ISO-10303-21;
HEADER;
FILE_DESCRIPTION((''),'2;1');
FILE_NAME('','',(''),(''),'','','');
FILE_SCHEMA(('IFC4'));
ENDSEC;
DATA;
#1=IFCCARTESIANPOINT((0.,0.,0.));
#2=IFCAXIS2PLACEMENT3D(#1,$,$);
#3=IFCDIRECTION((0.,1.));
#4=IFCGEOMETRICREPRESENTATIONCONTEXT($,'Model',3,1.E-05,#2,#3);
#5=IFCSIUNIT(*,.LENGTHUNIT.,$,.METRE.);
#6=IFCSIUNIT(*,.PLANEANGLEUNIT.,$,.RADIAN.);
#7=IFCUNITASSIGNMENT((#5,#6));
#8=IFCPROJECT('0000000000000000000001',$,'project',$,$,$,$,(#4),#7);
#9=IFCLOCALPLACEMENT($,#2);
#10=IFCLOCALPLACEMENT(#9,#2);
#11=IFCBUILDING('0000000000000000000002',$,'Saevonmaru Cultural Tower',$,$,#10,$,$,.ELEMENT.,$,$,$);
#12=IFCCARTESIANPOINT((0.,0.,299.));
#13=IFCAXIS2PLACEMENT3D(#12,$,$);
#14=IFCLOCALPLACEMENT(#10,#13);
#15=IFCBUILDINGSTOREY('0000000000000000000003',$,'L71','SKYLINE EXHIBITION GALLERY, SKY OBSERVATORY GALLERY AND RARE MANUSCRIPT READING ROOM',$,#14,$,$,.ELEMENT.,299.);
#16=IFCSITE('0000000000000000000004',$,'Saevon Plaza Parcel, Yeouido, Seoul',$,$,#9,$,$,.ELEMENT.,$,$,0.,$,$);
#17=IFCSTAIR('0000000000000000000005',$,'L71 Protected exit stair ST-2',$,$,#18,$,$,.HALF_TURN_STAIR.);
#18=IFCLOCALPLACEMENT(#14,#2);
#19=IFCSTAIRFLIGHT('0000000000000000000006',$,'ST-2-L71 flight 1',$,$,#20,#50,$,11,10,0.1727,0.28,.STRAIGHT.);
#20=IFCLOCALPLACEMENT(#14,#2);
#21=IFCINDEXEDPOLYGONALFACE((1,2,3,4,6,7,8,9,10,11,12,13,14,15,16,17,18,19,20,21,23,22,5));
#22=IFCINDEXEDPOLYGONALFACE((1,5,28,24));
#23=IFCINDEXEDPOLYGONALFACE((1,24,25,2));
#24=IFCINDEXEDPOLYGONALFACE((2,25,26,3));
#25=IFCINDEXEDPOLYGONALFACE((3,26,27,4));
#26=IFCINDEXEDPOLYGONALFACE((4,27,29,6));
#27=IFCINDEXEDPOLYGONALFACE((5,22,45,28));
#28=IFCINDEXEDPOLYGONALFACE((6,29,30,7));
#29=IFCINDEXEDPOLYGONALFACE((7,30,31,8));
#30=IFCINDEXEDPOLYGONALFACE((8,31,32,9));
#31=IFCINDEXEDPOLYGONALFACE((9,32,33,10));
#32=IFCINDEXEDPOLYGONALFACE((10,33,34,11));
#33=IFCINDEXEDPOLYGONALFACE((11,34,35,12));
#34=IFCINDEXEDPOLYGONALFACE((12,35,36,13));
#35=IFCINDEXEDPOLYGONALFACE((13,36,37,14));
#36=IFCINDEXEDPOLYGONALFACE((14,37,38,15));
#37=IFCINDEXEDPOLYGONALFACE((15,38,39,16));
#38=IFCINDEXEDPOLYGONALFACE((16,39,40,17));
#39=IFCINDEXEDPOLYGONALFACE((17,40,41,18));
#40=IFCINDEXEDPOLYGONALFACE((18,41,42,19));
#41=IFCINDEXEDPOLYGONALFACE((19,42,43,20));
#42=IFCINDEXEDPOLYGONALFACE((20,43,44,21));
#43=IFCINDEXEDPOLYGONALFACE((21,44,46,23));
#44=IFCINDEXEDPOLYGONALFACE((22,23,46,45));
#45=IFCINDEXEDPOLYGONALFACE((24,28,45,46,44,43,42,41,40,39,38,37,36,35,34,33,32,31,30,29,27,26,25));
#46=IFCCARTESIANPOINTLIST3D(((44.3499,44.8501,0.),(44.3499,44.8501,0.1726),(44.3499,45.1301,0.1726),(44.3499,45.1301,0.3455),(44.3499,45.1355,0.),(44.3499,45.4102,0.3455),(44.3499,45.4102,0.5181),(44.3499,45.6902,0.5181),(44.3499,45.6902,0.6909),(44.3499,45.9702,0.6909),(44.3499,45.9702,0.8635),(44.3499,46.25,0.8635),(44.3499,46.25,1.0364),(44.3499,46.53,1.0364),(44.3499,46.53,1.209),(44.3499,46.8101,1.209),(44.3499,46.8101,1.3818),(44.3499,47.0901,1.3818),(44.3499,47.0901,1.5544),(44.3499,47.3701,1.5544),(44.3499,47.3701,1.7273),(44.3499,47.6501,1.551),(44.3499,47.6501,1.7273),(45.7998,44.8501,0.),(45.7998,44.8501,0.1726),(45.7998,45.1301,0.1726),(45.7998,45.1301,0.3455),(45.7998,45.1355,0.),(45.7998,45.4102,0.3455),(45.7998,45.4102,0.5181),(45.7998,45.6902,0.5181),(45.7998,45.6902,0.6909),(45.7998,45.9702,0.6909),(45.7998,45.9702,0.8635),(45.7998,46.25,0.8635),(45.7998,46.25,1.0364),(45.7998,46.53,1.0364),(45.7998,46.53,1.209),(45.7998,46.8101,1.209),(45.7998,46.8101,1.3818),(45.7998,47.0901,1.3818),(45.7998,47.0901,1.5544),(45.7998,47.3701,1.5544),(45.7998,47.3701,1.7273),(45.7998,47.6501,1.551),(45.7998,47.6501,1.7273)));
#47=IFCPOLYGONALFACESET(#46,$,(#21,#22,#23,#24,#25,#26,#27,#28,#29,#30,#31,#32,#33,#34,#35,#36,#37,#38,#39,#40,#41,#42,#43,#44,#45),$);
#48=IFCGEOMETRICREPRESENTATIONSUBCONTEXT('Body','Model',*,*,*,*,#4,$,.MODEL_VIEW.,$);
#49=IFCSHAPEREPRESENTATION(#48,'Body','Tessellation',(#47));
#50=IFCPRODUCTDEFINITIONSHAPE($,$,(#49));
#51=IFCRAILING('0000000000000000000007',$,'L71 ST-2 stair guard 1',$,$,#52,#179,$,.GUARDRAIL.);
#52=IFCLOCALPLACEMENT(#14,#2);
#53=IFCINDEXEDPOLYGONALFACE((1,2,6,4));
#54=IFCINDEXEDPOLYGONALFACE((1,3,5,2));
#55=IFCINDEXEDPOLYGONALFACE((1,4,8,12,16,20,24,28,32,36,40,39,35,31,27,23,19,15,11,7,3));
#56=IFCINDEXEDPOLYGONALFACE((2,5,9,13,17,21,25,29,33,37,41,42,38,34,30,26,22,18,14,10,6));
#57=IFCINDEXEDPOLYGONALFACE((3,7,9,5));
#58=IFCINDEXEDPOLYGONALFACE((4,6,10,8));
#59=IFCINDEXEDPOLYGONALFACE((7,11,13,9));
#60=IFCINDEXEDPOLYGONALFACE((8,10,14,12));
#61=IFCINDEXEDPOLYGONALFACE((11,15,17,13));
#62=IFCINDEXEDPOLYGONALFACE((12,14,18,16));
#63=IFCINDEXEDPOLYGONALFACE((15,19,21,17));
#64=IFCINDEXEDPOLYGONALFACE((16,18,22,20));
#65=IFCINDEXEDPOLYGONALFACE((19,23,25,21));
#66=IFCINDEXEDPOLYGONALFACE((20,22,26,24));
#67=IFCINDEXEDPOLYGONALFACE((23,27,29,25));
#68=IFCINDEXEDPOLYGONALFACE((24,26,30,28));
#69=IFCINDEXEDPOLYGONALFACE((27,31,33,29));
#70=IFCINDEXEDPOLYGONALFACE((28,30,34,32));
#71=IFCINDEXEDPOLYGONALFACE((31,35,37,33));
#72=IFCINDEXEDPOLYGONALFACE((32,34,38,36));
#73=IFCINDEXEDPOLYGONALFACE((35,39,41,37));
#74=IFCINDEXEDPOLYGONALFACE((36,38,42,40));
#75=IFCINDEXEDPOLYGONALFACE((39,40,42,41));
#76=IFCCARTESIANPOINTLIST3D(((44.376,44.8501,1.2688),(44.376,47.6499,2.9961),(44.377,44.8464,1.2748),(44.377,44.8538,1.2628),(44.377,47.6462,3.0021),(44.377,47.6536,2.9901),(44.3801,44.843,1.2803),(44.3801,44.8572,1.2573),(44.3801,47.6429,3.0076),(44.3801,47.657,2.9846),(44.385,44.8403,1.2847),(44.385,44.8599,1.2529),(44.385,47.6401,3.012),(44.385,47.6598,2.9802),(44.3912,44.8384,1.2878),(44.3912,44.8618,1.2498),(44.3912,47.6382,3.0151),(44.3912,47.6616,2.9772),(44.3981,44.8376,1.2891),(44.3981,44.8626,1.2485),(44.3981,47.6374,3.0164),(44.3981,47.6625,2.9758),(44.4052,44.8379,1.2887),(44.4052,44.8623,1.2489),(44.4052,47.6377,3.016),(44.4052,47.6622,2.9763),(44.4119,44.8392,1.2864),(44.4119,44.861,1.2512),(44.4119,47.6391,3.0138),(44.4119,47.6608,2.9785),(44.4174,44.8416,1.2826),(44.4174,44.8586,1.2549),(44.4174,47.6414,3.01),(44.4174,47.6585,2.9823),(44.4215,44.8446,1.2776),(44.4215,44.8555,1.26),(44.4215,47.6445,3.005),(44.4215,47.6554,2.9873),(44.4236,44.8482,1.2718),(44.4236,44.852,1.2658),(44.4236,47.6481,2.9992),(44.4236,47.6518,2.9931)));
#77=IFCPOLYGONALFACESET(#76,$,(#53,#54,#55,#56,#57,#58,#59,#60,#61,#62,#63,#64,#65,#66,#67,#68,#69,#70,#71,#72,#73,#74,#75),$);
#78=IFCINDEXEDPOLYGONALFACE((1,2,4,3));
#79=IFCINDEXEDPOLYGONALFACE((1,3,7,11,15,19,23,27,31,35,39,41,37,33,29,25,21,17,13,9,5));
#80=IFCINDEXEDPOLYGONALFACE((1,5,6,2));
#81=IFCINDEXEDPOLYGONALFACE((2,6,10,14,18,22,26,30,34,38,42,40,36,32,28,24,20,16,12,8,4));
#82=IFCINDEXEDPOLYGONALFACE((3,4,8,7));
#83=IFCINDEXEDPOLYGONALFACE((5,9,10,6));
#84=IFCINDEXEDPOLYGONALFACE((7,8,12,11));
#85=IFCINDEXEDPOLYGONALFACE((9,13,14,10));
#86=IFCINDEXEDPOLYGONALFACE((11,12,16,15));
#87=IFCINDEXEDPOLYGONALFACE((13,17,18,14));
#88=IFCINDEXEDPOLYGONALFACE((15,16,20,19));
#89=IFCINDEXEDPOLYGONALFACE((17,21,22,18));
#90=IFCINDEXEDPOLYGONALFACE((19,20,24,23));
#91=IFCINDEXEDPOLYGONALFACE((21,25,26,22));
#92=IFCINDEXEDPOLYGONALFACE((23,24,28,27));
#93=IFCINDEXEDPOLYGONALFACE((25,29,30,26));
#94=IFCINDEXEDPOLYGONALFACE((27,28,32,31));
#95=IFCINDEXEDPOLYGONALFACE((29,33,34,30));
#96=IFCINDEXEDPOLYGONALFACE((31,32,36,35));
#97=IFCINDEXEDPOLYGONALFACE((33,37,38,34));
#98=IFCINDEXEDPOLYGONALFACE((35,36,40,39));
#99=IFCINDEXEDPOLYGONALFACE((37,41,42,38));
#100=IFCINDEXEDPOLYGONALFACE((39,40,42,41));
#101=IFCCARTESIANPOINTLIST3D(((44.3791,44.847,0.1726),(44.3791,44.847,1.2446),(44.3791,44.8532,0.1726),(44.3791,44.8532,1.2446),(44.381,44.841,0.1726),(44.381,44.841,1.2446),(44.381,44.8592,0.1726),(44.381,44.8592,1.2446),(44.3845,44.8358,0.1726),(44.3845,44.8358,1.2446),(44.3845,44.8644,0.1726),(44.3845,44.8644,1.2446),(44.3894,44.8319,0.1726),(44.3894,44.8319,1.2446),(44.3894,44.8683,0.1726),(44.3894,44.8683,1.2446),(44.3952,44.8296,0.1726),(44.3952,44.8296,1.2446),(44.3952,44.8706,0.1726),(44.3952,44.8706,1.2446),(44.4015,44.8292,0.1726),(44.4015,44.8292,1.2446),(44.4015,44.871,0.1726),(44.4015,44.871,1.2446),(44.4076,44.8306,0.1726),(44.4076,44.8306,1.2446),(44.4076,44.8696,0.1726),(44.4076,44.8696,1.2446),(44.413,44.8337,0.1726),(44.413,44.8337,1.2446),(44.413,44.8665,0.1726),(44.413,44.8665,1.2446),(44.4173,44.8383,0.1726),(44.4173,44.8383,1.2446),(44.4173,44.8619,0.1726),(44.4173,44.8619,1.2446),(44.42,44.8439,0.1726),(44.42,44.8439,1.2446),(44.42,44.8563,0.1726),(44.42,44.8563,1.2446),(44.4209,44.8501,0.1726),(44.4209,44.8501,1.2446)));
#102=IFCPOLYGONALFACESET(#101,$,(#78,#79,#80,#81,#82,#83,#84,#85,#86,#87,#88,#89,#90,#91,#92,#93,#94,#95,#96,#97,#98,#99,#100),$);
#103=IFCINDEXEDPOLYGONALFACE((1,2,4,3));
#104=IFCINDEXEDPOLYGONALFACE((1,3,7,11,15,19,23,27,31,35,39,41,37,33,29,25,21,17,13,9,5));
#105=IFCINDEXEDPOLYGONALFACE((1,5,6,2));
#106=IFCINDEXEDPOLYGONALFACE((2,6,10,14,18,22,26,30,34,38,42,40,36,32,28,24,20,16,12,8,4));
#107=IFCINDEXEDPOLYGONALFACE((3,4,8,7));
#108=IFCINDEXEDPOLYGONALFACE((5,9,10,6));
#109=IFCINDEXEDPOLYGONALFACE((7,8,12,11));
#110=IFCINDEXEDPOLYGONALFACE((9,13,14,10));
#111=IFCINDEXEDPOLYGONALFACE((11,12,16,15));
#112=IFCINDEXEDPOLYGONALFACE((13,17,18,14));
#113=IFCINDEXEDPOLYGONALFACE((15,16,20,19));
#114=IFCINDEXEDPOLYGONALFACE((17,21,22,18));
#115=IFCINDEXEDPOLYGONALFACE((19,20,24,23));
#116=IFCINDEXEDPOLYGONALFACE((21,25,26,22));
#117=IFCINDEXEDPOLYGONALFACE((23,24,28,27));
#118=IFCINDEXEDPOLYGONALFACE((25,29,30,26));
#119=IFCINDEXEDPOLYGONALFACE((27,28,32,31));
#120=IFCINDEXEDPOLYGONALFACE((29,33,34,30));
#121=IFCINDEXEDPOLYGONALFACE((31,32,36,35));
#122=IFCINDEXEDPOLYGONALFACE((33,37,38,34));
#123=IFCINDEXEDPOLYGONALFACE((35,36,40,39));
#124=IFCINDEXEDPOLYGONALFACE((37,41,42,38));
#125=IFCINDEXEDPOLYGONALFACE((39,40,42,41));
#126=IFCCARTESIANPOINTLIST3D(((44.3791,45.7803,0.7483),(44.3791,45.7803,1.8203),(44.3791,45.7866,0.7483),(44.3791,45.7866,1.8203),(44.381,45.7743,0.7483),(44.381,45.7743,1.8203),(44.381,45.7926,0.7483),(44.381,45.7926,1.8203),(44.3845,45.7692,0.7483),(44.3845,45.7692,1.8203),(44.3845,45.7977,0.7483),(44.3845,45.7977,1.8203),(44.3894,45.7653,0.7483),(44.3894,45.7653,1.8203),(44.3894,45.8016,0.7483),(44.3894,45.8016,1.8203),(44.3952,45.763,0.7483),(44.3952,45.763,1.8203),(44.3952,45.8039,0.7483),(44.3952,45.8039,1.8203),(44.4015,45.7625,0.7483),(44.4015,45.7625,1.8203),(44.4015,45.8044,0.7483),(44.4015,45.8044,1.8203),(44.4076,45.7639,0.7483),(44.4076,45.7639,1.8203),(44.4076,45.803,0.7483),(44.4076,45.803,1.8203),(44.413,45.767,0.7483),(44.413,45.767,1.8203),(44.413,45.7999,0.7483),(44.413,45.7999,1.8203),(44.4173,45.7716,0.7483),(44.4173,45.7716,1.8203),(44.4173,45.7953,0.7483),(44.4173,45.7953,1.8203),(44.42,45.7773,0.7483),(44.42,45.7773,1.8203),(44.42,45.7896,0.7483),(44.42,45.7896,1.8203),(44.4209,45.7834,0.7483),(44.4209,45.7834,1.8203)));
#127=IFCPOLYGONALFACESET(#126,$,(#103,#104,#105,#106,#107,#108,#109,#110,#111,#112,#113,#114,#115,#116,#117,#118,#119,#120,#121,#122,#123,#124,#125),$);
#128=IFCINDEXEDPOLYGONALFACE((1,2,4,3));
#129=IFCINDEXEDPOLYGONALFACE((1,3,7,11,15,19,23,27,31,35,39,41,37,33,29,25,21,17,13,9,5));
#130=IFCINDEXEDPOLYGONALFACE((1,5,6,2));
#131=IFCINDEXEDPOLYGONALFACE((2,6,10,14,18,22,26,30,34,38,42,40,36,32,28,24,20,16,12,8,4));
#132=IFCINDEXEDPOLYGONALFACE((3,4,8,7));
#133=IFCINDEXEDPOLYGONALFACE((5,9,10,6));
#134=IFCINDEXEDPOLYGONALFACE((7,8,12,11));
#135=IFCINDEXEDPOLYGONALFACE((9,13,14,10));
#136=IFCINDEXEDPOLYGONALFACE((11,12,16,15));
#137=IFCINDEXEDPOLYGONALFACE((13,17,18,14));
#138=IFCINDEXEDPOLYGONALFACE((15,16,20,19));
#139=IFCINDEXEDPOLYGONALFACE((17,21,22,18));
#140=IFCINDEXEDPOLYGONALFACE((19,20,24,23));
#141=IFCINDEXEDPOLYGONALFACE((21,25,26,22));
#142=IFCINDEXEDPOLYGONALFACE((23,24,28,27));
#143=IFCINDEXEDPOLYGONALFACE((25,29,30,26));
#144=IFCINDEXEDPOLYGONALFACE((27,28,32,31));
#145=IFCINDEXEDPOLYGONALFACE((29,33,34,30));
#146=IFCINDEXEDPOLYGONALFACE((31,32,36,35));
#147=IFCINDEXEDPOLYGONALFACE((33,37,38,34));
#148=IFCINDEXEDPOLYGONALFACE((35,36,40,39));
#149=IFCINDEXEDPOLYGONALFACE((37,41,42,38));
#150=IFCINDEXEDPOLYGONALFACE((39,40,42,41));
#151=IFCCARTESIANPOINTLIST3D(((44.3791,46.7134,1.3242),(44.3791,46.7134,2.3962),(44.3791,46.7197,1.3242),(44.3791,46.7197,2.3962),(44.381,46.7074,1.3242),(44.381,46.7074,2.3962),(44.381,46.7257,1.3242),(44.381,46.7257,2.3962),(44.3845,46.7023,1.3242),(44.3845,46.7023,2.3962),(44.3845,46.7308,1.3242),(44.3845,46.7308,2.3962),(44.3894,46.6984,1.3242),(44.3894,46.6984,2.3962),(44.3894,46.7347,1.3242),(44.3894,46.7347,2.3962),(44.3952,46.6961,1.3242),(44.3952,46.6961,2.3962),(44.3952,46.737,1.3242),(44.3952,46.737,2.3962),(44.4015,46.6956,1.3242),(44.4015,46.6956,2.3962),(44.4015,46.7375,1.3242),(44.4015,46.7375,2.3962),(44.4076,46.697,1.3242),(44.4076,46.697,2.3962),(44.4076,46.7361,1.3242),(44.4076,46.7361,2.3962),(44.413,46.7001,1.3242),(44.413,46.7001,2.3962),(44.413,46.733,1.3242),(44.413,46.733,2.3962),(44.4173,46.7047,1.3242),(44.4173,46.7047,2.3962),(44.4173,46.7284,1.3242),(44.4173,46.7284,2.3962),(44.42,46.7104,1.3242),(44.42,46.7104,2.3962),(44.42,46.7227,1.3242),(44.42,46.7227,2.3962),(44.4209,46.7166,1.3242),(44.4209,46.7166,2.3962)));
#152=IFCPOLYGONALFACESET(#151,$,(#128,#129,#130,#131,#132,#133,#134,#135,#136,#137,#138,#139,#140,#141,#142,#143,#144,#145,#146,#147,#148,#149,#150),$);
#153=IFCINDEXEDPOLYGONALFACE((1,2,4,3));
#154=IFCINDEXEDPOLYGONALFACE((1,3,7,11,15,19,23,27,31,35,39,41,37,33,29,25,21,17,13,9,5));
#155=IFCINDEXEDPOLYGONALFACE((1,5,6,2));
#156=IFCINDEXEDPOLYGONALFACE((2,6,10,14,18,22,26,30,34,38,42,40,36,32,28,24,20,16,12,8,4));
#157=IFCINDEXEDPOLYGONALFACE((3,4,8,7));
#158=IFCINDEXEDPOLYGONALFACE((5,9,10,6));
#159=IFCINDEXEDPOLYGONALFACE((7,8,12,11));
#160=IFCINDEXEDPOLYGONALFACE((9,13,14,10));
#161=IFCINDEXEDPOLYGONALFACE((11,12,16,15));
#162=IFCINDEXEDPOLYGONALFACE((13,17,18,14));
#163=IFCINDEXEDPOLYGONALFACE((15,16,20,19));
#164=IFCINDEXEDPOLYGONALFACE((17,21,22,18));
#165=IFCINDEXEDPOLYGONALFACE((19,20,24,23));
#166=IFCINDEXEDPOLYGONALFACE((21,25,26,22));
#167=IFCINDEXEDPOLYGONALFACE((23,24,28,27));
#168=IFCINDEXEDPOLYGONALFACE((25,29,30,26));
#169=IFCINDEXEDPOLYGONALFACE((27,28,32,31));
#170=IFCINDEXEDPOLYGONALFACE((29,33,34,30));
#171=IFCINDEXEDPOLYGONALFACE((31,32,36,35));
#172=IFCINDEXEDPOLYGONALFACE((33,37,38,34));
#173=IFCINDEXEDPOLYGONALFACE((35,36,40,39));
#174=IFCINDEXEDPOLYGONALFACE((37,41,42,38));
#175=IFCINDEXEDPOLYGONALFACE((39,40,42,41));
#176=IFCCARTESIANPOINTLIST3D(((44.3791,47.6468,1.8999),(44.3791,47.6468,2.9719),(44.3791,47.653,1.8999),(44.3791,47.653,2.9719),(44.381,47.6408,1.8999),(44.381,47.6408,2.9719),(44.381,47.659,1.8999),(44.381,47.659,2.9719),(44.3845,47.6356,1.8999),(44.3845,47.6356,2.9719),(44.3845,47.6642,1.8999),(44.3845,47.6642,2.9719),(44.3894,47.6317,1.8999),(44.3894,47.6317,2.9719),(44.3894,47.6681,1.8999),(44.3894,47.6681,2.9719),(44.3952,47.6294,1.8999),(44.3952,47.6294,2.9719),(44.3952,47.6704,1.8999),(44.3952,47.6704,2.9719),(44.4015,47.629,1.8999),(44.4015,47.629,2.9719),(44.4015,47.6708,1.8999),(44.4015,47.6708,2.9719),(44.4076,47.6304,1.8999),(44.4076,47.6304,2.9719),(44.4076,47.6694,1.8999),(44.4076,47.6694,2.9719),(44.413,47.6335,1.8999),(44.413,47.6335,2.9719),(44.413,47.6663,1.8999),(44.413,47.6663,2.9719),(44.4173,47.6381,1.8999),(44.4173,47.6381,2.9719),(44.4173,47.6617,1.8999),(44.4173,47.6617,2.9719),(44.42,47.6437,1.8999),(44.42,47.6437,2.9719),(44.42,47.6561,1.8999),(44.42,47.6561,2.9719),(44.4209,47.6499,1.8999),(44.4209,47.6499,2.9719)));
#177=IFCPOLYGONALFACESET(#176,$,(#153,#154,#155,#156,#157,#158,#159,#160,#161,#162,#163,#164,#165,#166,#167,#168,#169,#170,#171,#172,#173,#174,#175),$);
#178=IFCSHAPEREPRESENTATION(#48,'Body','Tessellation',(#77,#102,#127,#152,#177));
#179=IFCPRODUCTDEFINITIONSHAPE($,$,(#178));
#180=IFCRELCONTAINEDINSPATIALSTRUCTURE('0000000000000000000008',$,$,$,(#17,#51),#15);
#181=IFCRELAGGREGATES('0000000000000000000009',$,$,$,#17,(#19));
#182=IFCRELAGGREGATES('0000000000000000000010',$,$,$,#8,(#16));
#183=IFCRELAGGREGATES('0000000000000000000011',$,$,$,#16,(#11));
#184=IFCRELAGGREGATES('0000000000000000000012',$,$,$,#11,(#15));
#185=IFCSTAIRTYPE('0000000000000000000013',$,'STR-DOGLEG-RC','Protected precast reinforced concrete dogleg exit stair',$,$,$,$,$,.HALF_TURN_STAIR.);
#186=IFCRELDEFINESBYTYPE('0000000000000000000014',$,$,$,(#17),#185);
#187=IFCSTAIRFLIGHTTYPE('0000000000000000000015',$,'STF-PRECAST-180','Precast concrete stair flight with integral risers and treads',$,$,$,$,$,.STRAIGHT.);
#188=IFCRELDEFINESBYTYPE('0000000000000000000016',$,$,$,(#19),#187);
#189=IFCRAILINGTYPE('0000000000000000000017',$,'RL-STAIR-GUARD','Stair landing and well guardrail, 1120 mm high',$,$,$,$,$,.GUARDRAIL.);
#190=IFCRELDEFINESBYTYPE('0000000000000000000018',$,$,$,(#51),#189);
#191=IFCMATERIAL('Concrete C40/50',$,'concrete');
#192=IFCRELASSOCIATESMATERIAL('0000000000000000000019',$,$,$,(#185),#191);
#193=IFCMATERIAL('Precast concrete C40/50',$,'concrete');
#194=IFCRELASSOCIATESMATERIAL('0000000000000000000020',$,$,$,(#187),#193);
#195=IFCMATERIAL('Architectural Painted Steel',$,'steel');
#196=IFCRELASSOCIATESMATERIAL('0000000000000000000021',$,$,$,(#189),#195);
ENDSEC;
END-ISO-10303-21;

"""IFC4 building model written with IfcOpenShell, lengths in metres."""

from ifc_helpers import new_model, si_unit, direction, frame, origin, origin_2d, place, context, subcontext, project, spatial, polyline, circle, outline, extrude, material, type_object, element, aggregate, save


model = new_model("IFC4")

# Units and contexts
model_context = context("Model", 3, precision=1e-05, world=origin(), true_north=direction((0.0, 1.0)))
body_context = subcontext(model_context, "Body", "Model", "MODEL_VIEW")
ifc_project = project(units=[si_unit("LENGTHUNIT", "METRE"), si_unit("PLANEANGLEUNIT", "RADIAN")], contexts=[model_context])

# Site, building, storey
site_placement = place(None, origin())
site = spatial("IfcSite", under=ifc_project, at=site_placement, Name="Saevon Plaza Parcel, Yeouido, Seoul", CompositionType="ELEMENT", RefElevation=0.0)
building_placement = place(site_placement, origin())
building = spatial("IfcBuilding", under=site, at=building_placement, Name="Saevonmaru Cultural Tower", CompositionType="ELEMENT")
storey_placement = place(building_placement, frame((0.0, 0.0, 299.0)))
storey = spatial("IfcBuildingStorey", under=building, at=storey_placement, Name="L71", Description="SKYLINE EXHIBITION GALLERY, SKY OBSERVATORY GALLERY AND RARE MANUSCRIPT READING ROOM", CompositionType="ELEMENT", Elevation=299.0)

# Stair, stair flight
ifc_material_1 = material(Name="Concrete C40/50", Category="concrete")
stair_type = type_object("IfcStairType", Name="STR-DOGLEG-RC", Description="Protected precast reinforced concrete dogleg exit stair", PredefinedType="HALF_TURN_STAIR", material=ifc_material_1)
stair_placement = place(storey_placement, origin())
stair = element("IfcStair", 1, at=stair_placement, inside=storey, type_object=stair_type, Name="L71 Protected exit stair ST-2", PredefinedType="HALF_TURN_STAIR")
ifc_material_2 = material(Name="Precast concrete C40/50", Category="concrete")
stair_flight_type = type_object("IfcStairFlightType", Name="STF-PRECAST-180", Description="Precast concrete stair flight with integral risers and treads", PredefinedType="STRAIGHT", material=ifc_material_2)
stair_flight_placement = place(storey_placement, frame((45.075, 44.8501, 0.0), z_axis=(0.0, 0.0, 1.0), x_axis=(0.0, 1.0, 0.0)))
stair_flight = element("IfcStairFlight", 2, at=stair_flight_placement, type_object=stair_flight_type, Name="ST-2-L71 flight 1", NumberOfRisers=11, NumberOfTreads=10, PredefinedType="STRAIGHT", RiserHeight=0.1727, TreadLength=0.28, context=body_context, shape_type="SweptSolid", body=[
    extrude(outline(polyline([(0.0, 0.0), (0.0, 0.1726), (0.28, 0.1726), (0.28, 0.3455), (0.5601, 0.3455), (0.5601, 0.5181), (0.8401, 0.5181), (0.8401, 0.6909), (1.1201, 0.6909), (1.1201, 0.8635), (1.3999, 0.8635), (1.3999, 1.0364), (1.6799, 1.0364), (1.6799, 1.209), (1.96, 1.209), (1.96, 1.3818), (2.24, 1.3818), (2.24, 1.5544), (2.52, 1.5544), (2.52, 1.7273), (2.8, 1.7273), (2.8, 1.8999), (2.8, 1.551), (0.2854, 0.0), (0.0, 0.0)])), frame((0.0, 0.7251, 0.0), z_axis=(0.0, -1.0, 0.0), x_axis=(1.0, 0.0, 0.0)), (0.0, 0.0, 1.0), 1.45),
])
aggregate(stair, [stair_flight])

# Railing
ifc_material_3 = material(Name="Architectural Painted Steel", Category="steel")
railing_type_1 = type_object("IfcRailingType", Name="RL-STAIR-GUARD", Description="Stair landing and well guardrail, 1120 mm high", PredefinedType="GUARDRAIL", material=ifc_material_3)
railing_1_placement = place(storey_placement, frame((44.3999, 44.8501, 0.1726)))
element("IfcRailing", 3, at=railing_1_placement, inside=storey, type_object=railing_type_1, Name="L71 ST-2 stair guard 1", PredefinedType="GUARDRAIL", context=body_context, shape_type="SweptSolid", body=[
    extrude(circle(Radius=0.0239, at=origin_2d()), frame((0.0, 0.0, 1.0962), z_axis=(0.0, 0.851069, 0.525054), x_axis=(-1.0, 0.0, 0.0)), (0.0, 0.0, 1.0), 3.2898),
    extrude(circle(Radius=0.021, at=origin_2d()), origin(), (0.0, 0.0, 1.0), 1.072),
    extrude(circle(Radius=0.021, at=origin_2d()), frame((0.0, 0.9333, 0.5757)), (0.0, 0.0, 1.0), 1.072),
    extrude(circle(Radius=0.021, at=origin_2d()), frame((0.0, 1.8665, 1.1516)), (0.0, 0.0, 1.0), 1.072),
    extrude(circle(Radius=0.021, at=origin_2d()), frame((0.0, 2.7998, 1.7273)), (0.0, 0.0, 1.0), 1.072),
])

save(model, "model.ifc")
